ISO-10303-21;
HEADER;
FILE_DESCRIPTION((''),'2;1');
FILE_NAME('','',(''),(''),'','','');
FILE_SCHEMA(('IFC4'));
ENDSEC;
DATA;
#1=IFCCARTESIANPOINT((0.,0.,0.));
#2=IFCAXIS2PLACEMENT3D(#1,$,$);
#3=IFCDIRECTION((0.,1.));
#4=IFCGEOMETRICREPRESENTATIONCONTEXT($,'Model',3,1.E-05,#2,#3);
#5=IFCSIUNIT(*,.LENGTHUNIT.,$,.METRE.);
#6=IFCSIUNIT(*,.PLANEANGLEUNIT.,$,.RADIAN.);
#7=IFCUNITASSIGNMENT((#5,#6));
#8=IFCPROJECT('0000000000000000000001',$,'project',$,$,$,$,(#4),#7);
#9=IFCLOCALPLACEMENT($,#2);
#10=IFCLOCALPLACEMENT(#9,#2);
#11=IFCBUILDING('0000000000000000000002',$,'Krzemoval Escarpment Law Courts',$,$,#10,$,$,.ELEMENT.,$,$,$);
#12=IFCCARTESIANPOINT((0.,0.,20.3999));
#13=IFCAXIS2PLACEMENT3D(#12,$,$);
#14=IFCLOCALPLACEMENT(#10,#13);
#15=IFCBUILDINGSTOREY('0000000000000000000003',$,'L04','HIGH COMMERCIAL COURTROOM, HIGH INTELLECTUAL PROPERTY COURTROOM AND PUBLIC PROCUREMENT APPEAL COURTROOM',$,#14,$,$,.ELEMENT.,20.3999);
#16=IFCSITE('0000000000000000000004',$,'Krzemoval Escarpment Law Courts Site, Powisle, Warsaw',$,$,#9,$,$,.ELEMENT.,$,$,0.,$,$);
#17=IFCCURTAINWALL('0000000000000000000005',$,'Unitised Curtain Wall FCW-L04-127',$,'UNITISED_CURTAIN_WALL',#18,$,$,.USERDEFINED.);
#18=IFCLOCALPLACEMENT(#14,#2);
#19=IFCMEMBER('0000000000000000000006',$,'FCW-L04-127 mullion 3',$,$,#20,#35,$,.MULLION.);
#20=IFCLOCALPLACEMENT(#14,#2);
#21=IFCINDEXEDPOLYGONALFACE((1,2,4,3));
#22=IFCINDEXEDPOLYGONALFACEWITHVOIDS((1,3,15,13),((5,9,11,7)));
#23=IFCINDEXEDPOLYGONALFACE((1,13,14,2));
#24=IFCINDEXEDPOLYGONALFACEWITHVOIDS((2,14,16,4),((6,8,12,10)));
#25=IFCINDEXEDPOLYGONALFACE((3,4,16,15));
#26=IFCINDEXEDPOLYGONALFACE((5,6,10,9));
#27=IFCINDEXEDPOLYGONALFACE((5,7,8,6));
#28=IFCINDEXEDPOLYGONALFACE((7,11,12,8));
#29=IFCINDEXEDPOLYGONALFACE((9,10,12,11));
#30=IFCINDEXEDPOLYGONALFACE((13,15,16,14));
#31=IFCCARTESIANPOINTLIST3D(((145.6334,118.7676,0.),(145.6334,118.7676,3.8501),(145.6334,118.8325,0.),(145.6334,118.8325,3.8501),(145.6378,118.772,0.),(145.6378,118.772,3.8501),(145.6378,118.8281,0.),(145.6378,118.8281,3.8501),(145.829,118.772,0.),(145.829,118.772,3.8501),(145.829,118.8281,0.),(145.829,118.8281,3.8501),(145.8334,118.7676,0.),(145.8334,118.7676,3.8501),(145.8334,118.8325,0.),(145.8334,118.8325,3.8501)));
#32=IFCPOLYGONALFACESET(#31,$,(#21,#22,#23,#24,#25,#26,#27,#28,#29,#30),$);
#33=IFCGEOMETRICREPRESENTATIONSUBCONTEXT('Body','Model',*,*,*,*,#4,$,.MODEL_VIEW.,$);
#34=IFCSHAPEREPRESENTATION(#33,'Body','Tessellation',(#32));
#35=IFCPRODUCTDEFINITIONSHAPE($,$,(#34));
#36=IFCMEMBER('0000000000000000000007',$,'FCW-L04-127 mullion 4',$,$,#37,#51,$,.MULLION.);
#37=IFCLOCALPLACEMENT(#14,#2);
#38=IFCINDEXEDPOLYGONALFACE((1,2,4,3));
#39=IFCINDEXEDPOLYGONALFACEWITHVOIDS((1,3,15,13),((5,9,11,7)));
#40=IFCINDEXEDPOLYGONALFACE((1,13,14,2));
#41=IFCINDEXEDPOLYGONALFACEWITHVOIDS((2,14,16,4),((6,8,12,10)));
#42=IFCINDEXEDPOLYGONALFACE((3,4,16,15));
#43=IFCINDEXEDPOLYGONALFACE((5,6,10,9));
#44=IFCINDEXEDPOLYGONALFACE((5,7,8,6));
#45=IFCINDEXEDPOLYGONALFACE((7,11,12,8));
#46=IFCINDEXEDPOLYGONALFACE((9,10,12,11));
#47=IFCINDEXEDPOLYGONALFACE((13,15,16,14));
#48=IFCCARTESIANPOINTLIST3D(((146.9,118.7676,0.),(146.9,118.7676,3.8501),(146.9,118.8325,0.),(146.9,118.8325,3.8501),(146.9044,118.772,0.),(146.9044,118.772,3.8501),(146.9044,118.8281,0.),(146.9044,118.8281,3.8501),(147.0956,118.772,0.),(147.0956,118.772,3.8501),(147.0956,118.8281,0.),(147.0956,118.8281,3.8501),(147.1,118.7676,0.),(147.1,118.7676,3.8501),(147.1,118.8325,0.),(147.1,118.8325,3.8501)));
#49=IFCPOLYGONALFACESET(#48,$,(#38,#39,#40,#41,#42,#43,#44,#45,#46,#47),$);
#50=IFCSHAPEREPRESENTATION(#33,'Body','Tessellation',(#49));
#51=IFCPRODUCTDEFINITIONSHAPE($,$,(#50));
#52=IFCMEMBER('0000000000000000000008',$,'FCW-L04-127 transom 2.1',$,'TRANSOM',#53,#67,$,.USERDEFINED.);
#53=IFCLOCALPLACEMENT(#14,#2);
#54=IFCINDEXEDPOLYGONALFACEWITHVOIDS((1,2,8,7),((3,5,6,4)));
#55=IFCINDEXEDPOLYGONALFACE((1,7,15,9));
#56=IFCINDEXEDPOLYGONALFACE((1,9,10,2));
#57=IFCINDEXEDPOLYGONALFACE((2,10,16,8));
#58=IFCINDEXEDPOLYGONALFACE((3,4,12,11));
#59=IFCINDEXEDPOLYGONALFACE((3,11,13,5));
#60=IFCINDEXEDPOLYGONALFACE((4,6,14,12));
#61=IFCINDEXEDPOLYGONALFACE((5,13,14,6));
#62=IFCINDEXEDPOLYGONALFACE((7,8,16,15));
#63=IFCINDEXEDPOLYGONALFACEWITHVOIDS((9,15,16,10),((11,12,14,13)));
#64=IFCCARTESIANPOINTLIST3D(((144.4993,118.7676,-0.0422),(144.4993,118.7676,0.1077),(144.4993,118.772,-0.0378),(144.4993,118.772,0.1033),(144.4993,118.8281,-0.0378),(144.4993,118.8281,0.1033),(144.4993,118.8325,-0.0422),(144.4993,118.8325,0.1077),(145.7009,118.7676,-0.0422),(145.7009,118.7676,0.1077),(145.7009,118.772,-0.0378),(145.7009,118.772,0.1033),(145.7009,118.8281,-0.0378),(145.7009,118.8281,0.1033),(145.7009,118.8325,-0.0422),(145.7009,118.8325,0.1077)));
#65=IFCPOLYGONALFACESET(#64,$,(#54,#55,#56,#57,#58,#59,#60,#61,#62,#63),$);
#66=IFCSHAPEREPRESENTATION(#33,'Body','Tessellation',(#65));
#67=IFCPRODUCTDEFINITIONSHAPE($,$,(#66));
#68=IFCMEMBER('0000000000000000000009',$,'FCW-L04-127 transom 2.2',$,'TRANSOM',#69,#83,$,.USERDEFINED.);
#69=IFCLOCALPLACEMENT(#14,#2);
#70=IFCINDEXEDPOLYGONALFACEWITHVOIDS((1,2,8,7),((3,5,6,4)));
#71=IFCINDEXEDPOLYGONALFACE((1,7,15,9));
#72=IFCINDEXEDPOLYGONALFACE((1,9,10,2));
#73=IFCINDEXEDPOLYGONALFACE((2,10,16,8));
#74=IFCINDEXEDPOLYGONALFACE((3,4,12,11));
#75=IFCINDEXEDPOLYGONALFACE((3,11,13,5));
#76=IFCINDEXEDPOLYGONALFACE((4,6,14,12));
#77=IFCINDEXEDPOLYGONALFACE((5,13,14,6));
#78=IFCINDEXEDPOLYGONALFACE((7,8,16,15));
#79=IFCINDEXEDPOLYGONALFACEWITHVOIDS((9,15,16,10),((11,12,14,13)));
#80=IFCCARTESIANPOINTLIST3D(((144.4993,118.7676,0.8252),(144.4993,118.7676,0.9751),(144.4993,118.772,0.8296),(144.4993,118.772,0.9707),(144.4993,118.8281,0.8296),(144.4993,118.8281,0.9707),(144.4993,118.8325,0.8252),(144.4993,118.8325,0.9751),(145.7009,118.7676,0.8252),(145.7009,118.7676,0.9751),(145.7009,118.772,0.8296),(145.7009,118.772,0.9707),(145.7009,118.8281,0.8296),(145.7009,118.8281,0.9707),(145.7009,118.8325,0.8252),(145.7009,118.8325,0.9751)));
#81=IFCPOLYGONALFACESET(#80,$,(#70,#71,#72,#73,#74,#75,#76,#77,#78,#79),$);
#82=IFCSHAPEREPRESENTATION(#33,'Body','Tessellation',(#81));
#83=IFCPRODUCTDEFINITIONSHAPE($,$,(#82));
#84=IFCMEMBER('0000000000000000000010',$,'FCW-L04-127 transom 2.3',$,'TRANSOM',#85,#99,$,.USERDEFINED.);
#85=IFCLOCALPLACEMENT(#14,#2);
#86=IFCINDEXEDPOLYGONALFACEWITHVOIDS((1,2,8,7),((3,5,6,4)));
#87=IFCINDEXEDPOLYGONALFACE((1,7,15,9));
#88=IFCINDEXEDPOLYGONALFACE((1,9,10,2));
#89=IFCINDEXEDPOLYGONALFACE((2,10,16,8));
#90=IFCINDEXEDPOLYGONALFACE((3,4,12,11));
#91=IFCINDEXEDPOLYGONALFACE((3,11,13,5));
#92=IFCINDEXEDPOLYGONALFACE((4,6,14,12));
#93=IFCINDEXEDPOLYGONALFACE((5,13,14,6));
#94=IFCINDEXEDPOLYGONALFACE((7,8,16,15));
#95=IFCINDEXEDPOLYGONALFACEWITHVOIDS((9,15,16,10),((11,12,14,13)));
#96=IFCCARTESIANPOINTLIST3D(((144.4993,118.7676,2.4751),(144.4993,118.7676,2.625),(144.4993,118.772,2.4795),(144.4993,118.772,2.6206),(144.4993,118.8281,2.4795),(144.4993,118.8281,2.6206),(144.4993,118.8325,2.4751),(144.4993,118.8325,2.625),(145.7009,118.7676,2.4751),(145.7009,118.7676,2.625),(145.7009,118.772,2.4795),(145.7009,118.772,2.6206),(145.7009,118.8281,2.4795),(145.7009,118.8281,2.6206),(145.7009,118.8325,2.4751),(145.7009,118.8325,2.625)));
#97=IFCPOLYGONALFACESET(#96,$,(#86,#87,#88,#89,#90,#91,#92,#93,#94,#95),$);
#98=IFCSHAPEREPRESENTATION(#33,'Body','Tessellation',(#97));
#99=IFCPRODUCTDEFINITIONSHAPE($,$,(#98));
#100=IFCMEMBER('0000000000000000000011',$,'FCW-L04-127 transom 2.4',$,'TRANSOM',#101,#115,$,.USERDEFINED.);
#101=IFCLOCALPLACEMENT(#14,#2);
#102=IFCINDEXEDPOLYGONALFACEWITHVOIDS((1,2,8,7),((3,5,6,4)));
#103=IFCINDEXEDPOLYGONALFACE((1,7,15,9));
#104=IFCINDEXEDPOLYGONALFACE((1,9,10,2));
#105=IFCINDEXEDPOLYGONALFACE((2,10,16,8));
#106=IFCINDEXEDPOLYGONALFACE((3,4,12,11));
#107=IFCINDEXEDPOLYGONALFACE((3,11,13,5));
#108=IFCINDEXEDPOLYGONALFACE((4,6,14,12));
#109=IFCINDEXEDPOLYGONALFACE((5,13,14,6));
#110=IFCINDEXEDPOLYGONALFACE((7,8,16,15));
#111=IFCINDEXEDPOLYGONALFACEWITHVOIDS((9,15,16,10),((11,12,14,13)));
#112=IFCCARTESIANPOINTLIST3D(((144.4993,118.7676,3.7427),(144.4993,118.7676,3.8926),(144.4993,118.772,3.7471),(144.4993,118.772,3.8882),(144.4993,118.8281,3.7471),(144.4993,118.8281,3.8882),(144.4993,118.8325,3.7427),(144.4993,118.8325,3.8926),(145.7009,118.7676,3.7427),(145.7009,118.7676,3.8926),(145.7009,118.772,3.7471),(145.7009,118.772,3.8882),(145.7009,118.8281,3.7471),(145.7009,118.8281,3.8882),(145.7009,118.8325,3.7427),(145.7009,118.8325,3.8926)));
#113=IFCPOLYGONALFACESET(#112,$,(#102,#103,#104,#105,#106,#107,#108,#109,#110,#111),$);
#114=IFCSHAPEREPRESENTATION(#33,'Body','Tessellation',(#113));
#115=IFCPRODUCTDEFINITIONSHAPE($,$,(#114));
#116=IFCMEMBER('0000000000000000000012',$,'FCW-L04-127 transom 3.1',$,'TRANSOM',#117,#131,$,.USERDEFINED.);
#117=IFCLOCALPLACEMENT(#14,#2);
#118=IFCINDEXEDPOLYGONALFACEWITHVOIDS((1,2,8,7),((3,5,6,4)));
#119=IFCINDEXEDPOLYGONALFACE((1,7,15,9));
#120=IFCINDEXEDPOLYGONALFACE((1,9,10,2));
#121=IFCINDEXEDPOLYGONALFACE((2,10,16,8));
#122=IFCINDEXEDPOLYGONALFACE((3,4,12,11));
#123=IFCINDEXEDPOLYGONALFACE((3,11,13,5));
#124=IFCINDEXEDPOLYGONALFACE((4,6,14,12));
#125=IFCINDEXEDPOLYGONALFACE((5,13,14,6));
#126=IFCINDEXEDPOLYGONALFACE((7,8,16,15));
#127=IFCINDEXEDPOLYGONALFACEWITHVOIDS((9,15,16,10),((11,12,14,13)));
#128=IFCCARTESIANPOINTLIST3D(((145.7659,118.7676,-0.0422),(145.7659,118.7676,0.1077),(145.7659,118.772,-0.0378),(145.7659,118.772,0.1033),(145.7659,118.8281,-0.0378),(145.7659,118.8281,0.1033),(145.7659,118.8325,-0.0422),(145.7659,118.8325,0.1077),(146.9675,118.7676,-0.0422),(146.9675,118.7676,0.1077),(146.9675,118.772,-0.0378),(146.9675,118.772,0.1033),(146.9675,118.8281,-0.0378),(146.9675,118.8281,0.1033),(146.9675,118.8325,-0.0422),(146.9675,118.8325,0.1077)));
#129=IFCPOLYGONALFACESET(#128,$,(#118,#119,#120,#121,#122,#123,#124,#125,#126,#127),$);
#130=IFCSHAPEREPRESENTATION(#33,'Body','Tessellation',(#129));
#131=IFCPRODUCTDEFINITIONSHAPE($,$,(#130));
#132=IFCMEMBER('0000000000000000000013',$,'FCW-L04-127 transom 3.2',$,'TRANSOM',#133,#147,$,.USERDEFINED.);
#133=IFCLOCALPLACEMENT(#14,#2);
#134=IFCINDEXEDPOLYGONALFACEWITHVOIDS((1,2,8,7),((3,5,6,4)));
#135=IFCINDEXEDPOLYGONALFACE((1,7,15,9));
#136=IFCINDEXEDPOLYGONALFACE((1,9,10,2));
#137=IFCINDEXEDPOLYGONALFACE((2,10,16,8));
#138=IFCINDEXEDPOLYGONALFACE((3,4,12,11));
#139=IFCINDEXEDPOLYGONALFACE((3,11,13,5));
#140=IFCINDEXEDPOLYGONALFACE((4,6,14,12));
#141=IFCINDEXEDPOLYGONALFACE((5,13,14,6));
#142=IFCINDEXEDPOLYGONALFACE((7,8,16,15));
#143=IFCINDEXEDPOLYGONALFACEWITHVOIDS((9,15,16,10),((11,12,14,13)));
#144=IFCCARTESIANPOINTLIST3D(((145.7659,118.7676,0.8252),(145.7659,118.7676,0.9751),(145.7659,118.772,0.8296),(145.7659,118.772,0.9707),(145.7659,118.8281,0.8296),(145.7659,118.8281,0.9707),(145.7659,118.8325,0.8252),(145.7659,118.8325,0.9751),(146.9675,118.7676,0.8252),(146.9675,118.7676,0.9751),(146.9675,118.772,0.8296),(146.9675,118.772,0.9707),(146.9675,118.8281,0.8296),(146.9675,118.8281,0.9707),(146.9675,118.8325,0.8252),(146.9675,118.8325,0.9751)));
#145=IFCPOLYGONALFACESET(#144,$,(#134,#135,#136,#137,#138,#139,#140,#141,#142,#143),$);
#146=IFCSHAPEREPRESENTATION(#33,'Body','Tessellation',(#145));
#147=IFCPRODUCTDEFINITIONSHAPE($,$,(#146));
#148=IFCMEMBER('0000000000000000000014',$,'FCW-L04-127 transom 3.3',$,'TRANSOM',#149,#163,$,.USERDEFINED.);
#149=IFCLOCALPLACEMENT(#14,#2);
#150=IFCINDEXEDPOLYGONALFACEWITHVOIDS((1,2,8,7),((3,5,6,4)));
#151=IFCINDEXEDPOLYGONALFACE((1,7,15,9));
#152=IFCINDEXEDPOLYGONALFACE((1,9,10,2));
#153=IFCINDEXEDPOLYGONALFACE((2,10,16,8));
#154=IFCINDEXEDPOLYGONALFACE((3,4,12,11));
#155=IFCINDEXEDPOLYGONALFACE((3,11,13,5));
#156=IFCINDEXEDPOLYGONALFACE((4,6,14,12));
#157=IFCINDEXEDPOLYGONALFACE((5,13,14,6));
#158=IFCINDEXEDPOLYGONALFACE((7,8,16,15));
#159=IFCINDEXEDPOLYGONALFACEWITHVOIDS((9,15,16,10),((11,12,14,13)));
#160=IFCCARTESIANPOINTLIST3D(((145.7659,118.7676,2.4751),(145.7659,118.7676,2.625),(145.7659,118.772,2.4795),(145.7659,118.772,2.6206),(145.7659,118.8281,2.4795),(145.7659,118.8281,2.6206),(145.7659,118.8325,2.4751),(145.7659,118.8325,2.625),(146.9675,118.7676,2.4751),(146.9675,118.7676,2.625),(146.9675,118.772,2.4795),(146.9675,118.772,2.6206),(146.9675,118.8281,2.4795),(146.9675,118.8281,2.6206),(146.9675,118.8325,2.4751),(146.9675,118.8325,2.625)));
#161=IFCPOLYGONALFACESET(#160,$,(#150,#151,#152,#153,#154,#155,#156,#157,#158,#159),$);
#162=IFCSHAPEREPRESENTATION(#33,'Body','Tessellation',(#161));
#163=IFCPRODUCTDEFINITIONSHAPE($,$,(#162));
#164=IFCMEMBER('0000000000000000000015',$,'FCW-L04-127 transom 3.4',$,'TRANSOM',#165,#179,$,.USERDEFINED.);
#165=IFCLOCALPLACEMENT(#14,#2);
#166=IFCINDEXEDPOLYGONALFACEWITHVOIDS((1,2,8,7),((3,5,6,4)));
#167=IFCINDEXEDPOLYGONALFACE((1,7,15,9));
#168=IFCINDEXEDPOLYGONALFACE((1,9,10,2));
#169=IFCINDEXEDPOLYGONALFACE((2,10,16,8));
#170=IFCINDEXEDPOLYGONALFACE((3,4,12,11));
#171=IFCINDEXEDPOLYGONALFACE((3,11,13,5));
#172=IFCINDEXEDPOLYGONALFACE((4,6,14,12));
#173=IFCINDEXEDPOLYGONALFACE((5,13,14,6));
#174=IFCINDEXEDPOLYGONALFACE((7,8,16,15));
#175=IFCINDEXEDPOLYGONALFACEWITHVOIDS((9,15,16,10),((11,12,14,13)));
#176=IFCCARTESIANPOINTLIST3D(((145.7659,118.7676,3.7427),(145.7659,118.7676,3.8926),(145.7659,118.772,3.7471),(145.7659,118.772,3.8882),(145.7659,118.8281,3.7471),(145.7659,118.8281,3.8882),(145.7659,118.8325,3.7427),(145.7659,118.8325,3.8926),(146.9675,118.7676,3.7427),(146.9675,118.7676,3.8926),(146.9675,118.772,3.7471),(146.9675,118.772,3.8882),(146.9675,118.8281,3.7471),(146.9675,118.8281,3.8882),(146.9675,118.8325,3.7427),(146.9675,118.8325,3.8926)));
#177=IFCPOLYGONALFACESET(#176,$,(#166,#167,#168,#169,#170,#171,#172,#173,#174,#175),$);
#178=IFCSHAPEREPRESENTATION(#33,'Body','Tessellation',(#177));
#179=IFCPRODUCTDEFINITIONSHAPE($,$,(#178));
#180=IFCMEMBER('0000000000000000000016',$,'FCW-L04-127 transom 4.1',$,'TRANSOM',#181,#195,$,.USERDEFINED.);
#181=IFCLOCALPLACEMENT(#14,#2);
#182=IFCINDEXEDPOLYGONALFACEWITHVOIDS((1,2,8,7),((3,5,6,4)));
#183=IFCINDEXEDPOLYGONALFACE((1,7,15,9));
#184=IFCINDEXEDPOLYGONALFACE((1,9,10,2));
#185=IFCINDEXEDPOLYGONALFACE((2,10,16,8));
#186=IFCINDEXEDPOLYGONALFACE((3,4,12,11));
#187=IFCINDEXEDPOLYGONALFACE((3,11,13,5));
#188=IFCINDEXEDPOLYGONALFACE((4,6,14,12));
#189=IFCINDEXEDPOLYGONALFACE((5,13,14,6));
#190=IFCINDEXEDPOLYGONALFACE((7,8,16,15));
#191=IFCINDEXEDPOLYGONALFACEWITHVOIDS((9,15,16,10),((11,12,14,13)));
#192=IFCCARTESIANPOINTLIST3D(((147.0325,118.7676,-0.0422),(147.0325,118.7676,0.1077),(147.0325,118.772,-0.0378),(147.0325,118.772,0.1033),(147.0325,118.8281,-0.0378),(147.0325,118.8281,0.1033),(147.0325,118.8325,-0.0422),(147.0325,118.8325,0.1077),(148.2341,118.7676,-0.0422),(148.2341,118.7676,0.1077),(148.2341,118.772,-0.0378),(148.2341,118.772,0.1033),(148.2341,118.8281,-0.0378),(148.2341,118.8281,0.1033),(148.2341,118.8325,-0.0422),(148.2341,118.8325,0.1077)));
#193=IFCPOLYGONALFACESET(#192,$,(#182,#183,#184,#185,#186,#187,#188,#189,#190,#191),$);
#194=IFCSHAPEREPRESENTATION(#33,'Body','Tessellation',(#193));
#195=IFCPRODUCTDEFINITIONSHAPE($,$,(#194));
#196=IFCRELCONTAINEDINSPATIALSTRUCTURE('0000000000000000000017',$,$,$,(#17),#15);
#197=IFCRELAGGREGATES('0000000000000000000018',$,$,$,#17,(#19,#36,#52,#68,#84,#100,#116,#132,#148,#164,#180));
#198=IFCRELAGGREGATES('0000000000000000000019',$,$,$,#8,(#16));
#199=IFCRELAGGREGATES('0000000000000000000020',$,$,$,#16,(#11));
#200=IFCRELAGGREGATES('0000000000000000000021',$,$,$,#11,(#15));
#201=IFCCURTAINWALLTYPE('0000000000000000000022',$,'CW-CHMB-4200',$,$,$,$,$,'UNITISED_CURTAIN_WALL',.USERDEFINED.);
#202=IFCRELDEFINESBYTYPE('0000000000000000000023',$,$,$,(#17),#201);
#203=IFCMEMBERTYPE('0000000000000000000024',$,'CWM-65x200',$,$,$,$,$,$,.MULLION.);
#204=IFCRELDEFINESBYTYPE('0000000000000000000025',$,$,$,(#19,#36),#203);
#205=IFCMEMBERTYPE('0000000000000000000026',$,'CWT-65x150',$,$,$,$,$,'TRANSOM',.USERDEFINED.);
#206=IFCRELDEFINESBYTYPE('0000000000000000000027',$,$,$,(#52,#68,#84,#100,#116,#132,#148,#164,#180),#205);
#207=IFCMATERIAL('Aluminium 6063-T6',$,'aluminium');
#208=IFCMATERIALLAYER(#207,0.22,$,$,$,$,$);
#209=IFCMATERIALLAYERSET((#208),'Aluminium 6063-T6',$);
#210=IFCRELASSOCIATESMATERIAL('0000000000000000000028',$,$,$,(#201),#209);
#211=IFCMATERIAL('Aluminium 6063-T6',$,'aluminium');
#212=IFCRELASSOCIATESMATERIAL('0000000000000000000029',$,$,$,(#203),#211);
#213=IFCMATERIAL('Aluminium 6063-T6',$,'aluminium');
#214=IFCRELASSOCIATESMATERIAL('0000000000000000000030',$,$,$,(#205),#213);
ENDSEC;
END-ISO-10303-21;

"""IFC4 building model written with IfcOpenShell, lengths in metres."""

from ifc_helpers import new_model, si_unit, direction, frame, origin, origin_2d, place, context, subcontext, project, spatial, hollow_rectangle, extrude, material, layer, layer_set, material_profile, profile_set, type_object, element, aggregate, save


model = new_model("IFC4")

# Units and contexts
model_context = context("Model", 3, precision=1e-05, world=origin(), true_north=direction((0.0, 1.0)))
body_context = subcontext(model_context, "Body", "Model", "MODEL_VIEW")
ifc_project = project(units=[si_unit("LENGTHUNIT", "METRE"), si_unit("PLANEANGLEUNIT", "RADIAN")], contexts=[model_context])

# Site, building, storey
site_placement = place(None, origin())
site = spatial("IfcSite", under=ifc_project, at=site_placement, Name="Krzemoval Escarpment Law Courts Site, Powisle, Warsaw", CompositionType="ELEMENT", RefElevation=0.0)
building_placement = place(site_placement, origin())
building = spatial("IfcBuilding", under=site, at=building_placement, Name="Krzemoval Escarpment Law Courts", CompositionType="ELEMENT")
storey_placement = place(building_placement, frame((0.0, 0.0, 20.3999)))
storey = spatial("IfcBuildingStorey", under=building, at=storey_placement, Name="L04", Description="HIGH COMMERCIAL COURTROOM, HIGH INTELLECTUAL PROPERTY COURTROOM AND PUBLIC PROCUREMENT APPEAL COURTROOM", CompositionType="ELEMENT", Elevation=20.3999)

# Curtain wall, members
ifc_material_1 = material(Name="Aluminium 6063-T6", Category="aluminium")
ifc_layer_1 = layer(ifc_material_1, 0.22)
ifc_layer_set_1 = layer_set([ifc_layer_1], Name="Aluminium 6063-T6")
curtain_wall_type = type_object("IfcCurtainWallType", Name="CW-CHMB-4200", ElementType="UNITISED_CURTAIN_WALL", PredefinedType="USERDEFINED", material=ifc_layer_set_1)
curtain_wall_placement = place(storey_placement, origin())
curtain_wall = element("IfcCurtainWall", 1, at=curtain_wall_placement, inside=storey, type_object=curtain_wall_type, Name="Unitised Curtain Wall FCW-L04-127", ObjectType="UNITISED_CURTAIN_WALL", PredefinedType="USERDEFINED")
ifc_material_2 = material(Name="Aluminium 6063-T6", Category="aluminium")
ifc_material_profile_1 = material_profile(ifc_material_2, hollow_rectangle(XDim=0.0649, YDim=0.2, WallThickness=0.0044, at=origin_2d()), Name="ALU M65x200")
ifc_profile_set_1 = profile_set([ifc_material_profile_1], Name="Aluminium 6063-T6")
member_type_1 = type_object("IfcMemberType", Name="CWM-65x200", PredefinedType="MULLION", material=ifc_profile_set_1)
member_1_placement = place(storey_placement, frame((145.7334, 118.8, 0.0), z_axis=(0.0, 0.0, 1.0), x_axis=(0.0, 1.0, 0.0)))
member_1 = element("IfcMember", 2, at=member_1_placement, type_object=member_type_1, Name="FCW-L04-127 mullion 3", PredefinedType="MULLION", context=body_context, shape_type="SweptSolid", body=[
    extrude(hollow_rectangle(XDim=0.0649, YDim=0.2, WallThickness=0.0044, at=origin_2d()), origin(), (0.0, 0.0, 1.0), 3.8501),
])
member_2_placement = place(storey_placement, frame((147.0, 118.8, 0.0), z_axis=(0.0, 0.0, 1.0), x_axis=(0.0, 1.0, 0.0)))
member_2 = element("IfcMember", 3, at=member_2_placement, type_object=member_type_1, Name="FCW-L04-127 mullion 4", PredefinedType="MULLION", context=body_context, shape_type="SweptSolid", body=[
    extrude(hollow_rectangle(XDim=0.0649, YDim=0.2, WallThickness=0.0044, at=origin_2d()), origin(), (0.0, 0.0, 1.0), 3.8501),
])
ifc_material_3 = material(Name="Aluminium 6063-T6", Category="aluminium")
ifc_material_profile_2 = material_profile(ifc_material_3, hollow_rectangle(XDim=0.0649, YDim=0.1499, WallThickness=0.0044, at=origin_2d()), Name="ALU T65x150")
ifc_profile_set_2 = profile_set([ifc_material_profile_2], Name="Aluminium 6063-T6")
member_type_2 = type_object("IfcMemberType", Name="CWT-65x150", ElementType="TRANSOM", PredefinedType="USERDEFINED", material=ifc_profile_set_2)
member_3_placement = place(storey_placement, frame((144.4993, 118.8, 0.0327), z_axis=(1.0, 0.0, 0.0), x_axis=(0.0, 1.0, 0.0)))
member_3 = element("IfcMember", 4, at=member_3_placement, type_object=member_type_2, Name="FCW-L04-127 transom 2.1", ObjectType="TRANSOM", PredefinedType="USERDEFINED", context=body_context, shape_type="SweptSolid", body=[
    extrude(hollow_rectangle(XDim=0.0649, YDim=0.1499, WallThickness=0.0044, at=origin_2d()), origin(), (0.0, 0.0, 1.0), 1.2017),
])
member_4_placement = place(storey_placement, frame((144.4993, 118.8, 0.9001), z_axis=(1.0, 0.0, 0.0), x_axis=(0.0, 1.0, 0.0)))
member_4 = element("IfcMember", 5, at=member_4_placement, type_object=member_type_2, Name="FCW-L04-127 transom 2.2", ObjectType="TRANSOM", PredefinedType="USERDEFINED", context=body_context, shape_type="SweptSolid", body=[
    extrude(hollow_rectangle(XDim=0.0649, YDim=0.1499, WallThickness=0.0044, at=origin_2d()), origin(), (0.0, 0.0, 1.0), 1.2017),
])
member_5_placement = place(storey_placement, frame((144.4993, 118.8, 2.55), z_axis=(1.0, 0.0, 0.0), x_axis=(0.0, 1.0, 0.0)))
member_5 = element("IfcMember", 6, at=member_5_placement, type_object=member_type_2, Name="FCW-L04-127 transom 2.3", ObjectType="TRANSOM", PredefinedType="USERDEFINED", context=body_context, shape_type="SweptSolid", body=[
    extrude(hollow_rectangle(XDim=0.0649, YDim=0.1499, WallThickness=0.0044, at=origin_2d()), origin(), (0.0, 0.0, 1.0), 1.2017),
])
member_6_placement = place(storey_placement, frame((144.4993, 118.8, 3.8176), z_axis=(1.0, 0.0, 0.0), x_axis=(0.0, 1.0, 0.0)))
member_6 = element("IfcMember", 7, at=member_6_placement, type_object=member_type_2, Name="FCW-L04-127 transom 2.4", ObjectType="TRANSOM", PredefinedType="USERDEFINED", context=body_context, shape_type="SweptSolid", body=[
    extrude(hollow_rectangle(XDim=0.0649, YDim=0.1499, WallThickness=0.0044, at=origin_2d()), origin(), (0.0, 0.0, 1.0), 1.2017),
])
member_7_placement = place(storey_placement, frame((145.7659, 118.8, 0.0327), z_axis=(1.0, 0.0, 0.0), x_axis=(0.0, 1.0, 0.0)))
member_7 = element("IfcMember", 8, at=member_7_placement, type_object=member_type_2, Name="FCW-L04-127 transom 3.1", ObjectType="TRANSOM", PredefinedType="USERDEFINED", context=body_context, shape_type="SweptSolid", body=[
    extrude(hollow_rectangle(XDim=0.0649, YDim=0.1499, WallThickness=0.0044, at=origin_2d()), origin(), (0.0, 0.0, 1.0), 1.2017),
])
member_8_placement = place(storey_placement, frame((145.7659, 118.8, 0.9001), z_axis=(1.0, 0.0, 0.0), x_axis=(0.0, 1.0, 0.0)))
member_8 = element("IfcMember", 9, at=member_8_placement, type_object=member_type_2, Name="FCW-L04-127 transom 3.2", ObjectType="TRANSOM", PredefinedType="USERDEFINED", context=body_context, shape_type="SweptSolid", body=[
    extrude(hollow_rectangle(XDim=0.0649, YDim=0.1499, WallThickness=0.0044, at=origin_2d()), origin(), (0.0, 0.0, 1.0), 1.2017),
])
member_9_placement = place(storey_placement, frame((145.7659, 118.8, 2.55), z_axis=(1.0, 0.0, 0.0), x_axis=(0.0, 1.0, 0.0)))
member_9 = element("IfcMember", 10, at=member_9_placement, type_object=member_type_2, Name="FCW-L04-127 transom 3.3", ObjectType="TRANSOM", PredefinedType="USERDEFINED", context=body_context, shape_type="SweptSolid", body=[
    extrude(hollow_rectangle(XDim=0.0649, YDim=0.1499, WallThickness=0.0044, at=origin_2d()), origin(), (0.0, 0.0, 1.0), 1.2017),
])
member_10_placement = place(storey_placement, frame((145.7659, 118.8, 3.8176), z_axis=(1.0, 0.0, 0.0), x_axis=(0.0, 1.0, 0.0)))
member_10 = element("IfcMember", 11, at=member_10_placement, type_object=member_type_2, Name="FCW-L04-127 transom 3.4", ObjectType="TRANSOM", PredefinedType="USERDEFINED", context=body_context, shape_type="SweptSolid", body=[
    extrude(hollow_rectangle(XDim=0.0649, YDim=0.1499, WallThickness=0.0044, at=origin_2d()), origin(), (0.0, 0.0, 1.0), 1.2017),
])
member_11_placement = place(storey_placement, frame((147.0325, 118.8, 0.0327), z_axis=(1.0, 0.0, 0.0), x_axis=(0.0, 1.0, 0.0)))
member_11 = element("IfcMember", 12, at=member_11_placement, type_object=member_type_2, Name="FCW-L04-127 transom 4.1", ObjectType="TRANSOM", PredefinedType="USERDEFINED", context=body_context, shape_type="SweptSolid", body=[
    extrude(hollow_rectangle(XDim=0.0649, YDim=0.1499, WallThickness=0.0044, at=origin_2d()), origin(), (0.0, 0.0, 1.0), 1.2017),
])
aggregate(curtain_wall, [member_1, member_2, member_3, member_4, member_5, member_6, member_7, member_8, member_9, member_10, member_11])

save(model, "model.ifc")
